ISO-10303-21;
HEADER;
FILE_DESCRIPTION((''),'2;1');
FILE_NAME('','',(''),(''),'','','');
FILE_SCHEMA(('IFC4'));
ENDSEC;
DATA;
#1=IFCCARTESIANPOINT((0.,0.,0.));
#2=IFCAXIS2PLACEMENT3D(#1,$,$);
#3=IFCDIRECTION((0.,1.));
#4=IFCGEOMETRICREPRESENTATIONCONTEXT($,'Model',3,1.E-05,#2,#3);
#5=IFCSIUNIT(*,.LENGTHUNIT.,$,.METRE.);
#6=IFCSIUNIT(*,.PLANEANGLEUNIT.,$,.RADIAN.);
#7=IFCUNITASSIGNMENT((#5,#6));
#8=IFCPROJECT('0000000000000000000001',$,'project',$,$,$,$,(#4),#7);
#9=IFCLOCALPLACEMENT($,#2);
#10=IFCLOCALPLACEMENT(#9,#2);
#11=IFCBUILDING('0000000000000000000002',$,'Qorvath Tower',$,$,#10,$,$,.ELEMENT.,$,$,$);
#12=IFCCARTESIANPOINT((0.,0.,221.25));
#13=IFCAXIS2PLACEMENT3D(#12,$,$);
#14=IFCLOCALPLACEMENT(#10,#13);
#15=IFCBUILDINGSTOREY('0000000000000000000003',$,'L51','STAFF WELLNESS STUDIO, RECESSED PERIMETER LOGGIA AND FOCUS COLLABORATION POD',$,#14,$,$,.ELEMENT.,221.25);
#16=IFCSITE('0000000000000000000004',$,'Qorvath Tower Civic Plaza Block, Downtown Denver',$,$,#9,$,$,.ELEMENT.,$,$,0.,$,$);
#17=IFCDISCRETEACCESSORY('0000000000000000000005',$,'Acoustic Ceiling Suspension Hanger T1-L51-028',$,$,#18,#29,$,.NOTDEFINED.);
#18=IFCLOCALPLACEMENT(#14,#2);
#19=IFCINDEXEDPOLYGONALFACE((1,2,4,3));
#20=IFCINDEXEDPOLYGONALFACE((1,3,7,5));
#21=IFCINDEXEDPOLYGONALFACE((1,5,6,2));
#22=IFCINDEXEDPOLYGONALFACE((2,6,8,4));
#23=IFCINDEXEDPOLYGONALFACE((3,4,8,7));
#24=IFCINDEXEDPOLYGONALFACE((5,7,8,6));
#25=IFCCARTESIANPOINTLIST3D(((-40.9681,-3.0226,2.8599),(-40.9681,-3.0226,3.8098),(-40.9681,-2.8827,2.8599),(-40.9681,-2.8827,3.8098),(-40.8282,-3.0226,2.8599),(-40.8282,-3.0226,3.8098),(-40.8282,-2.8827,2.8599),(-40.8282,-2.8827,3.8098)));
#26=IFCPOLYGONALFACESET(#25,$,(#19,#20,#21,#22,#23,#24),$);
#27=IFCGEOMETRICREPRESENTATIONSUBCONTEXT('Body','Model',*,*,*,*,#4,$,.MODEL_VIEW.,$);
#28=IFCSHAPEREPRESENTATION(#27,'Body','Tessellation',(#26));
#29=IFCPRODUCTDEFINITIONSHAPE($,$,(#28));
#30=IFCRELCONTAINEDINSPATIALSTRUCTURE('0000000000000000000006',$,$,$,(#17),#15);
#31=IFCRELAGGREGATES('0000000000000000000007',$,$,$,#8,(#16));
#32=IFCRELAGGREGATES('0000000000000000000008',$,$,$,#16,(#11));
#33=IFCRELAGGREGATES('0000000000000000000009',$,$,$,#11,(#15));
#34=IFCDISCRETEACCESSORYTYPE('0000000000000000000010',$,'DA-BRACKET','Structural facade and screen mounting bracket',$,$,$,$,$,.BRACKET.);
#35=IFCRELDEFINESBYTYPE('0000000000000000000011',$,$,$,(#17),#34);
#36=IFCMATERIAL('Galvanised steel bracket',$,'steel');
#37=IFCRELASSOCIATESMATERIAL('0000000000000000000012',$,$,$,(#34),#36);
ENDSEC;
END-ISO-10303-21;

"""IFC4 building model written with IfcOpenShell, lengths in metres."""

from ifc_helpers import new_model, si_unit, direction, frame, origin, origin_2d, place, context, subcontext, project, spatial, rectangle, extrude, material, type_object, element, save


model = new_model("IFC4")

# Units and contexts
model_context = context("Model", 3, precision=1e-05, world=origin(), true_north=direction((0.0, 1.0)))
body_context = subcontext(model_context, "Body", "Model", "MODEL_VIEW")
ifc_project = project(units=[si_unit("LENGTHUNIT", "METRE"), si_unit("PLANEANGLEUNIT", "RADIAN")], contexts=[model_context])

# Site, building, storey
site_placement = place(None, origin())
site = spatial("IfcSite", under=ifc_project, at=site_placement, Name="Qorvath Tower Civic Plaza Block, Downtown Denver", CompositionType="ELEMENT", RefElevation=0.0)
building_placement = place(site_placement, origin())
building = spatial("IfcBuilding", under=site, at=building_placement, Name="Qorvath Tower", CompositionType="ELEMENT")
storey_placement = place(building_placement, frame((0.0, 0.0, 221.25)))
storey = spatial("IfcBuildingStorey", under=building, at=storey_placement, Name="L51", Description="STAFF WELLNESS STUDIO, RECESSED PERIMETER LOGGIA AND FOCUS COLLABORATION POD", CompositionType="ELEMENT", Elevation=221.25)

# Discrete accessory
ifc_material_1 = material(Name="Galvanised steel bracket", Category="steel")
discrete_accessory_type = type_object("IfcDiscreteAccessoryType", Name="DA-BRACKET", Description="Structural facade and screen mounting bracket", PredefinedType="BRACKET", material=ifc_material_1)
for number, where, z_axis, x_axis, name in (
    (1, (-40.8982, -2.9526, 2.8599), (0.0, 0.0, 1.0), (1.0, 0.0, 0.0), "Acoustic Ceiling Suspension Hanger T1-L51-028"),
):
    element("IfcDiscreteAccessory", number, at=place(storey_placement, frame(where, z_axis=z_axis, x_axis=x_axis)), inside=storey, type_object=discrete_accessory_type, Name=name, PredefinedType="NOTDEFINED", context=body_context, shape_type="SweptSolid", body=[
        extrude(rectangle(XDim=0.1399, YDim=0.1399, at=origin_2d()), origin(), (0.0, 0.0, 1.0), 0.95),
    ])

save(model, "model.ifc")
